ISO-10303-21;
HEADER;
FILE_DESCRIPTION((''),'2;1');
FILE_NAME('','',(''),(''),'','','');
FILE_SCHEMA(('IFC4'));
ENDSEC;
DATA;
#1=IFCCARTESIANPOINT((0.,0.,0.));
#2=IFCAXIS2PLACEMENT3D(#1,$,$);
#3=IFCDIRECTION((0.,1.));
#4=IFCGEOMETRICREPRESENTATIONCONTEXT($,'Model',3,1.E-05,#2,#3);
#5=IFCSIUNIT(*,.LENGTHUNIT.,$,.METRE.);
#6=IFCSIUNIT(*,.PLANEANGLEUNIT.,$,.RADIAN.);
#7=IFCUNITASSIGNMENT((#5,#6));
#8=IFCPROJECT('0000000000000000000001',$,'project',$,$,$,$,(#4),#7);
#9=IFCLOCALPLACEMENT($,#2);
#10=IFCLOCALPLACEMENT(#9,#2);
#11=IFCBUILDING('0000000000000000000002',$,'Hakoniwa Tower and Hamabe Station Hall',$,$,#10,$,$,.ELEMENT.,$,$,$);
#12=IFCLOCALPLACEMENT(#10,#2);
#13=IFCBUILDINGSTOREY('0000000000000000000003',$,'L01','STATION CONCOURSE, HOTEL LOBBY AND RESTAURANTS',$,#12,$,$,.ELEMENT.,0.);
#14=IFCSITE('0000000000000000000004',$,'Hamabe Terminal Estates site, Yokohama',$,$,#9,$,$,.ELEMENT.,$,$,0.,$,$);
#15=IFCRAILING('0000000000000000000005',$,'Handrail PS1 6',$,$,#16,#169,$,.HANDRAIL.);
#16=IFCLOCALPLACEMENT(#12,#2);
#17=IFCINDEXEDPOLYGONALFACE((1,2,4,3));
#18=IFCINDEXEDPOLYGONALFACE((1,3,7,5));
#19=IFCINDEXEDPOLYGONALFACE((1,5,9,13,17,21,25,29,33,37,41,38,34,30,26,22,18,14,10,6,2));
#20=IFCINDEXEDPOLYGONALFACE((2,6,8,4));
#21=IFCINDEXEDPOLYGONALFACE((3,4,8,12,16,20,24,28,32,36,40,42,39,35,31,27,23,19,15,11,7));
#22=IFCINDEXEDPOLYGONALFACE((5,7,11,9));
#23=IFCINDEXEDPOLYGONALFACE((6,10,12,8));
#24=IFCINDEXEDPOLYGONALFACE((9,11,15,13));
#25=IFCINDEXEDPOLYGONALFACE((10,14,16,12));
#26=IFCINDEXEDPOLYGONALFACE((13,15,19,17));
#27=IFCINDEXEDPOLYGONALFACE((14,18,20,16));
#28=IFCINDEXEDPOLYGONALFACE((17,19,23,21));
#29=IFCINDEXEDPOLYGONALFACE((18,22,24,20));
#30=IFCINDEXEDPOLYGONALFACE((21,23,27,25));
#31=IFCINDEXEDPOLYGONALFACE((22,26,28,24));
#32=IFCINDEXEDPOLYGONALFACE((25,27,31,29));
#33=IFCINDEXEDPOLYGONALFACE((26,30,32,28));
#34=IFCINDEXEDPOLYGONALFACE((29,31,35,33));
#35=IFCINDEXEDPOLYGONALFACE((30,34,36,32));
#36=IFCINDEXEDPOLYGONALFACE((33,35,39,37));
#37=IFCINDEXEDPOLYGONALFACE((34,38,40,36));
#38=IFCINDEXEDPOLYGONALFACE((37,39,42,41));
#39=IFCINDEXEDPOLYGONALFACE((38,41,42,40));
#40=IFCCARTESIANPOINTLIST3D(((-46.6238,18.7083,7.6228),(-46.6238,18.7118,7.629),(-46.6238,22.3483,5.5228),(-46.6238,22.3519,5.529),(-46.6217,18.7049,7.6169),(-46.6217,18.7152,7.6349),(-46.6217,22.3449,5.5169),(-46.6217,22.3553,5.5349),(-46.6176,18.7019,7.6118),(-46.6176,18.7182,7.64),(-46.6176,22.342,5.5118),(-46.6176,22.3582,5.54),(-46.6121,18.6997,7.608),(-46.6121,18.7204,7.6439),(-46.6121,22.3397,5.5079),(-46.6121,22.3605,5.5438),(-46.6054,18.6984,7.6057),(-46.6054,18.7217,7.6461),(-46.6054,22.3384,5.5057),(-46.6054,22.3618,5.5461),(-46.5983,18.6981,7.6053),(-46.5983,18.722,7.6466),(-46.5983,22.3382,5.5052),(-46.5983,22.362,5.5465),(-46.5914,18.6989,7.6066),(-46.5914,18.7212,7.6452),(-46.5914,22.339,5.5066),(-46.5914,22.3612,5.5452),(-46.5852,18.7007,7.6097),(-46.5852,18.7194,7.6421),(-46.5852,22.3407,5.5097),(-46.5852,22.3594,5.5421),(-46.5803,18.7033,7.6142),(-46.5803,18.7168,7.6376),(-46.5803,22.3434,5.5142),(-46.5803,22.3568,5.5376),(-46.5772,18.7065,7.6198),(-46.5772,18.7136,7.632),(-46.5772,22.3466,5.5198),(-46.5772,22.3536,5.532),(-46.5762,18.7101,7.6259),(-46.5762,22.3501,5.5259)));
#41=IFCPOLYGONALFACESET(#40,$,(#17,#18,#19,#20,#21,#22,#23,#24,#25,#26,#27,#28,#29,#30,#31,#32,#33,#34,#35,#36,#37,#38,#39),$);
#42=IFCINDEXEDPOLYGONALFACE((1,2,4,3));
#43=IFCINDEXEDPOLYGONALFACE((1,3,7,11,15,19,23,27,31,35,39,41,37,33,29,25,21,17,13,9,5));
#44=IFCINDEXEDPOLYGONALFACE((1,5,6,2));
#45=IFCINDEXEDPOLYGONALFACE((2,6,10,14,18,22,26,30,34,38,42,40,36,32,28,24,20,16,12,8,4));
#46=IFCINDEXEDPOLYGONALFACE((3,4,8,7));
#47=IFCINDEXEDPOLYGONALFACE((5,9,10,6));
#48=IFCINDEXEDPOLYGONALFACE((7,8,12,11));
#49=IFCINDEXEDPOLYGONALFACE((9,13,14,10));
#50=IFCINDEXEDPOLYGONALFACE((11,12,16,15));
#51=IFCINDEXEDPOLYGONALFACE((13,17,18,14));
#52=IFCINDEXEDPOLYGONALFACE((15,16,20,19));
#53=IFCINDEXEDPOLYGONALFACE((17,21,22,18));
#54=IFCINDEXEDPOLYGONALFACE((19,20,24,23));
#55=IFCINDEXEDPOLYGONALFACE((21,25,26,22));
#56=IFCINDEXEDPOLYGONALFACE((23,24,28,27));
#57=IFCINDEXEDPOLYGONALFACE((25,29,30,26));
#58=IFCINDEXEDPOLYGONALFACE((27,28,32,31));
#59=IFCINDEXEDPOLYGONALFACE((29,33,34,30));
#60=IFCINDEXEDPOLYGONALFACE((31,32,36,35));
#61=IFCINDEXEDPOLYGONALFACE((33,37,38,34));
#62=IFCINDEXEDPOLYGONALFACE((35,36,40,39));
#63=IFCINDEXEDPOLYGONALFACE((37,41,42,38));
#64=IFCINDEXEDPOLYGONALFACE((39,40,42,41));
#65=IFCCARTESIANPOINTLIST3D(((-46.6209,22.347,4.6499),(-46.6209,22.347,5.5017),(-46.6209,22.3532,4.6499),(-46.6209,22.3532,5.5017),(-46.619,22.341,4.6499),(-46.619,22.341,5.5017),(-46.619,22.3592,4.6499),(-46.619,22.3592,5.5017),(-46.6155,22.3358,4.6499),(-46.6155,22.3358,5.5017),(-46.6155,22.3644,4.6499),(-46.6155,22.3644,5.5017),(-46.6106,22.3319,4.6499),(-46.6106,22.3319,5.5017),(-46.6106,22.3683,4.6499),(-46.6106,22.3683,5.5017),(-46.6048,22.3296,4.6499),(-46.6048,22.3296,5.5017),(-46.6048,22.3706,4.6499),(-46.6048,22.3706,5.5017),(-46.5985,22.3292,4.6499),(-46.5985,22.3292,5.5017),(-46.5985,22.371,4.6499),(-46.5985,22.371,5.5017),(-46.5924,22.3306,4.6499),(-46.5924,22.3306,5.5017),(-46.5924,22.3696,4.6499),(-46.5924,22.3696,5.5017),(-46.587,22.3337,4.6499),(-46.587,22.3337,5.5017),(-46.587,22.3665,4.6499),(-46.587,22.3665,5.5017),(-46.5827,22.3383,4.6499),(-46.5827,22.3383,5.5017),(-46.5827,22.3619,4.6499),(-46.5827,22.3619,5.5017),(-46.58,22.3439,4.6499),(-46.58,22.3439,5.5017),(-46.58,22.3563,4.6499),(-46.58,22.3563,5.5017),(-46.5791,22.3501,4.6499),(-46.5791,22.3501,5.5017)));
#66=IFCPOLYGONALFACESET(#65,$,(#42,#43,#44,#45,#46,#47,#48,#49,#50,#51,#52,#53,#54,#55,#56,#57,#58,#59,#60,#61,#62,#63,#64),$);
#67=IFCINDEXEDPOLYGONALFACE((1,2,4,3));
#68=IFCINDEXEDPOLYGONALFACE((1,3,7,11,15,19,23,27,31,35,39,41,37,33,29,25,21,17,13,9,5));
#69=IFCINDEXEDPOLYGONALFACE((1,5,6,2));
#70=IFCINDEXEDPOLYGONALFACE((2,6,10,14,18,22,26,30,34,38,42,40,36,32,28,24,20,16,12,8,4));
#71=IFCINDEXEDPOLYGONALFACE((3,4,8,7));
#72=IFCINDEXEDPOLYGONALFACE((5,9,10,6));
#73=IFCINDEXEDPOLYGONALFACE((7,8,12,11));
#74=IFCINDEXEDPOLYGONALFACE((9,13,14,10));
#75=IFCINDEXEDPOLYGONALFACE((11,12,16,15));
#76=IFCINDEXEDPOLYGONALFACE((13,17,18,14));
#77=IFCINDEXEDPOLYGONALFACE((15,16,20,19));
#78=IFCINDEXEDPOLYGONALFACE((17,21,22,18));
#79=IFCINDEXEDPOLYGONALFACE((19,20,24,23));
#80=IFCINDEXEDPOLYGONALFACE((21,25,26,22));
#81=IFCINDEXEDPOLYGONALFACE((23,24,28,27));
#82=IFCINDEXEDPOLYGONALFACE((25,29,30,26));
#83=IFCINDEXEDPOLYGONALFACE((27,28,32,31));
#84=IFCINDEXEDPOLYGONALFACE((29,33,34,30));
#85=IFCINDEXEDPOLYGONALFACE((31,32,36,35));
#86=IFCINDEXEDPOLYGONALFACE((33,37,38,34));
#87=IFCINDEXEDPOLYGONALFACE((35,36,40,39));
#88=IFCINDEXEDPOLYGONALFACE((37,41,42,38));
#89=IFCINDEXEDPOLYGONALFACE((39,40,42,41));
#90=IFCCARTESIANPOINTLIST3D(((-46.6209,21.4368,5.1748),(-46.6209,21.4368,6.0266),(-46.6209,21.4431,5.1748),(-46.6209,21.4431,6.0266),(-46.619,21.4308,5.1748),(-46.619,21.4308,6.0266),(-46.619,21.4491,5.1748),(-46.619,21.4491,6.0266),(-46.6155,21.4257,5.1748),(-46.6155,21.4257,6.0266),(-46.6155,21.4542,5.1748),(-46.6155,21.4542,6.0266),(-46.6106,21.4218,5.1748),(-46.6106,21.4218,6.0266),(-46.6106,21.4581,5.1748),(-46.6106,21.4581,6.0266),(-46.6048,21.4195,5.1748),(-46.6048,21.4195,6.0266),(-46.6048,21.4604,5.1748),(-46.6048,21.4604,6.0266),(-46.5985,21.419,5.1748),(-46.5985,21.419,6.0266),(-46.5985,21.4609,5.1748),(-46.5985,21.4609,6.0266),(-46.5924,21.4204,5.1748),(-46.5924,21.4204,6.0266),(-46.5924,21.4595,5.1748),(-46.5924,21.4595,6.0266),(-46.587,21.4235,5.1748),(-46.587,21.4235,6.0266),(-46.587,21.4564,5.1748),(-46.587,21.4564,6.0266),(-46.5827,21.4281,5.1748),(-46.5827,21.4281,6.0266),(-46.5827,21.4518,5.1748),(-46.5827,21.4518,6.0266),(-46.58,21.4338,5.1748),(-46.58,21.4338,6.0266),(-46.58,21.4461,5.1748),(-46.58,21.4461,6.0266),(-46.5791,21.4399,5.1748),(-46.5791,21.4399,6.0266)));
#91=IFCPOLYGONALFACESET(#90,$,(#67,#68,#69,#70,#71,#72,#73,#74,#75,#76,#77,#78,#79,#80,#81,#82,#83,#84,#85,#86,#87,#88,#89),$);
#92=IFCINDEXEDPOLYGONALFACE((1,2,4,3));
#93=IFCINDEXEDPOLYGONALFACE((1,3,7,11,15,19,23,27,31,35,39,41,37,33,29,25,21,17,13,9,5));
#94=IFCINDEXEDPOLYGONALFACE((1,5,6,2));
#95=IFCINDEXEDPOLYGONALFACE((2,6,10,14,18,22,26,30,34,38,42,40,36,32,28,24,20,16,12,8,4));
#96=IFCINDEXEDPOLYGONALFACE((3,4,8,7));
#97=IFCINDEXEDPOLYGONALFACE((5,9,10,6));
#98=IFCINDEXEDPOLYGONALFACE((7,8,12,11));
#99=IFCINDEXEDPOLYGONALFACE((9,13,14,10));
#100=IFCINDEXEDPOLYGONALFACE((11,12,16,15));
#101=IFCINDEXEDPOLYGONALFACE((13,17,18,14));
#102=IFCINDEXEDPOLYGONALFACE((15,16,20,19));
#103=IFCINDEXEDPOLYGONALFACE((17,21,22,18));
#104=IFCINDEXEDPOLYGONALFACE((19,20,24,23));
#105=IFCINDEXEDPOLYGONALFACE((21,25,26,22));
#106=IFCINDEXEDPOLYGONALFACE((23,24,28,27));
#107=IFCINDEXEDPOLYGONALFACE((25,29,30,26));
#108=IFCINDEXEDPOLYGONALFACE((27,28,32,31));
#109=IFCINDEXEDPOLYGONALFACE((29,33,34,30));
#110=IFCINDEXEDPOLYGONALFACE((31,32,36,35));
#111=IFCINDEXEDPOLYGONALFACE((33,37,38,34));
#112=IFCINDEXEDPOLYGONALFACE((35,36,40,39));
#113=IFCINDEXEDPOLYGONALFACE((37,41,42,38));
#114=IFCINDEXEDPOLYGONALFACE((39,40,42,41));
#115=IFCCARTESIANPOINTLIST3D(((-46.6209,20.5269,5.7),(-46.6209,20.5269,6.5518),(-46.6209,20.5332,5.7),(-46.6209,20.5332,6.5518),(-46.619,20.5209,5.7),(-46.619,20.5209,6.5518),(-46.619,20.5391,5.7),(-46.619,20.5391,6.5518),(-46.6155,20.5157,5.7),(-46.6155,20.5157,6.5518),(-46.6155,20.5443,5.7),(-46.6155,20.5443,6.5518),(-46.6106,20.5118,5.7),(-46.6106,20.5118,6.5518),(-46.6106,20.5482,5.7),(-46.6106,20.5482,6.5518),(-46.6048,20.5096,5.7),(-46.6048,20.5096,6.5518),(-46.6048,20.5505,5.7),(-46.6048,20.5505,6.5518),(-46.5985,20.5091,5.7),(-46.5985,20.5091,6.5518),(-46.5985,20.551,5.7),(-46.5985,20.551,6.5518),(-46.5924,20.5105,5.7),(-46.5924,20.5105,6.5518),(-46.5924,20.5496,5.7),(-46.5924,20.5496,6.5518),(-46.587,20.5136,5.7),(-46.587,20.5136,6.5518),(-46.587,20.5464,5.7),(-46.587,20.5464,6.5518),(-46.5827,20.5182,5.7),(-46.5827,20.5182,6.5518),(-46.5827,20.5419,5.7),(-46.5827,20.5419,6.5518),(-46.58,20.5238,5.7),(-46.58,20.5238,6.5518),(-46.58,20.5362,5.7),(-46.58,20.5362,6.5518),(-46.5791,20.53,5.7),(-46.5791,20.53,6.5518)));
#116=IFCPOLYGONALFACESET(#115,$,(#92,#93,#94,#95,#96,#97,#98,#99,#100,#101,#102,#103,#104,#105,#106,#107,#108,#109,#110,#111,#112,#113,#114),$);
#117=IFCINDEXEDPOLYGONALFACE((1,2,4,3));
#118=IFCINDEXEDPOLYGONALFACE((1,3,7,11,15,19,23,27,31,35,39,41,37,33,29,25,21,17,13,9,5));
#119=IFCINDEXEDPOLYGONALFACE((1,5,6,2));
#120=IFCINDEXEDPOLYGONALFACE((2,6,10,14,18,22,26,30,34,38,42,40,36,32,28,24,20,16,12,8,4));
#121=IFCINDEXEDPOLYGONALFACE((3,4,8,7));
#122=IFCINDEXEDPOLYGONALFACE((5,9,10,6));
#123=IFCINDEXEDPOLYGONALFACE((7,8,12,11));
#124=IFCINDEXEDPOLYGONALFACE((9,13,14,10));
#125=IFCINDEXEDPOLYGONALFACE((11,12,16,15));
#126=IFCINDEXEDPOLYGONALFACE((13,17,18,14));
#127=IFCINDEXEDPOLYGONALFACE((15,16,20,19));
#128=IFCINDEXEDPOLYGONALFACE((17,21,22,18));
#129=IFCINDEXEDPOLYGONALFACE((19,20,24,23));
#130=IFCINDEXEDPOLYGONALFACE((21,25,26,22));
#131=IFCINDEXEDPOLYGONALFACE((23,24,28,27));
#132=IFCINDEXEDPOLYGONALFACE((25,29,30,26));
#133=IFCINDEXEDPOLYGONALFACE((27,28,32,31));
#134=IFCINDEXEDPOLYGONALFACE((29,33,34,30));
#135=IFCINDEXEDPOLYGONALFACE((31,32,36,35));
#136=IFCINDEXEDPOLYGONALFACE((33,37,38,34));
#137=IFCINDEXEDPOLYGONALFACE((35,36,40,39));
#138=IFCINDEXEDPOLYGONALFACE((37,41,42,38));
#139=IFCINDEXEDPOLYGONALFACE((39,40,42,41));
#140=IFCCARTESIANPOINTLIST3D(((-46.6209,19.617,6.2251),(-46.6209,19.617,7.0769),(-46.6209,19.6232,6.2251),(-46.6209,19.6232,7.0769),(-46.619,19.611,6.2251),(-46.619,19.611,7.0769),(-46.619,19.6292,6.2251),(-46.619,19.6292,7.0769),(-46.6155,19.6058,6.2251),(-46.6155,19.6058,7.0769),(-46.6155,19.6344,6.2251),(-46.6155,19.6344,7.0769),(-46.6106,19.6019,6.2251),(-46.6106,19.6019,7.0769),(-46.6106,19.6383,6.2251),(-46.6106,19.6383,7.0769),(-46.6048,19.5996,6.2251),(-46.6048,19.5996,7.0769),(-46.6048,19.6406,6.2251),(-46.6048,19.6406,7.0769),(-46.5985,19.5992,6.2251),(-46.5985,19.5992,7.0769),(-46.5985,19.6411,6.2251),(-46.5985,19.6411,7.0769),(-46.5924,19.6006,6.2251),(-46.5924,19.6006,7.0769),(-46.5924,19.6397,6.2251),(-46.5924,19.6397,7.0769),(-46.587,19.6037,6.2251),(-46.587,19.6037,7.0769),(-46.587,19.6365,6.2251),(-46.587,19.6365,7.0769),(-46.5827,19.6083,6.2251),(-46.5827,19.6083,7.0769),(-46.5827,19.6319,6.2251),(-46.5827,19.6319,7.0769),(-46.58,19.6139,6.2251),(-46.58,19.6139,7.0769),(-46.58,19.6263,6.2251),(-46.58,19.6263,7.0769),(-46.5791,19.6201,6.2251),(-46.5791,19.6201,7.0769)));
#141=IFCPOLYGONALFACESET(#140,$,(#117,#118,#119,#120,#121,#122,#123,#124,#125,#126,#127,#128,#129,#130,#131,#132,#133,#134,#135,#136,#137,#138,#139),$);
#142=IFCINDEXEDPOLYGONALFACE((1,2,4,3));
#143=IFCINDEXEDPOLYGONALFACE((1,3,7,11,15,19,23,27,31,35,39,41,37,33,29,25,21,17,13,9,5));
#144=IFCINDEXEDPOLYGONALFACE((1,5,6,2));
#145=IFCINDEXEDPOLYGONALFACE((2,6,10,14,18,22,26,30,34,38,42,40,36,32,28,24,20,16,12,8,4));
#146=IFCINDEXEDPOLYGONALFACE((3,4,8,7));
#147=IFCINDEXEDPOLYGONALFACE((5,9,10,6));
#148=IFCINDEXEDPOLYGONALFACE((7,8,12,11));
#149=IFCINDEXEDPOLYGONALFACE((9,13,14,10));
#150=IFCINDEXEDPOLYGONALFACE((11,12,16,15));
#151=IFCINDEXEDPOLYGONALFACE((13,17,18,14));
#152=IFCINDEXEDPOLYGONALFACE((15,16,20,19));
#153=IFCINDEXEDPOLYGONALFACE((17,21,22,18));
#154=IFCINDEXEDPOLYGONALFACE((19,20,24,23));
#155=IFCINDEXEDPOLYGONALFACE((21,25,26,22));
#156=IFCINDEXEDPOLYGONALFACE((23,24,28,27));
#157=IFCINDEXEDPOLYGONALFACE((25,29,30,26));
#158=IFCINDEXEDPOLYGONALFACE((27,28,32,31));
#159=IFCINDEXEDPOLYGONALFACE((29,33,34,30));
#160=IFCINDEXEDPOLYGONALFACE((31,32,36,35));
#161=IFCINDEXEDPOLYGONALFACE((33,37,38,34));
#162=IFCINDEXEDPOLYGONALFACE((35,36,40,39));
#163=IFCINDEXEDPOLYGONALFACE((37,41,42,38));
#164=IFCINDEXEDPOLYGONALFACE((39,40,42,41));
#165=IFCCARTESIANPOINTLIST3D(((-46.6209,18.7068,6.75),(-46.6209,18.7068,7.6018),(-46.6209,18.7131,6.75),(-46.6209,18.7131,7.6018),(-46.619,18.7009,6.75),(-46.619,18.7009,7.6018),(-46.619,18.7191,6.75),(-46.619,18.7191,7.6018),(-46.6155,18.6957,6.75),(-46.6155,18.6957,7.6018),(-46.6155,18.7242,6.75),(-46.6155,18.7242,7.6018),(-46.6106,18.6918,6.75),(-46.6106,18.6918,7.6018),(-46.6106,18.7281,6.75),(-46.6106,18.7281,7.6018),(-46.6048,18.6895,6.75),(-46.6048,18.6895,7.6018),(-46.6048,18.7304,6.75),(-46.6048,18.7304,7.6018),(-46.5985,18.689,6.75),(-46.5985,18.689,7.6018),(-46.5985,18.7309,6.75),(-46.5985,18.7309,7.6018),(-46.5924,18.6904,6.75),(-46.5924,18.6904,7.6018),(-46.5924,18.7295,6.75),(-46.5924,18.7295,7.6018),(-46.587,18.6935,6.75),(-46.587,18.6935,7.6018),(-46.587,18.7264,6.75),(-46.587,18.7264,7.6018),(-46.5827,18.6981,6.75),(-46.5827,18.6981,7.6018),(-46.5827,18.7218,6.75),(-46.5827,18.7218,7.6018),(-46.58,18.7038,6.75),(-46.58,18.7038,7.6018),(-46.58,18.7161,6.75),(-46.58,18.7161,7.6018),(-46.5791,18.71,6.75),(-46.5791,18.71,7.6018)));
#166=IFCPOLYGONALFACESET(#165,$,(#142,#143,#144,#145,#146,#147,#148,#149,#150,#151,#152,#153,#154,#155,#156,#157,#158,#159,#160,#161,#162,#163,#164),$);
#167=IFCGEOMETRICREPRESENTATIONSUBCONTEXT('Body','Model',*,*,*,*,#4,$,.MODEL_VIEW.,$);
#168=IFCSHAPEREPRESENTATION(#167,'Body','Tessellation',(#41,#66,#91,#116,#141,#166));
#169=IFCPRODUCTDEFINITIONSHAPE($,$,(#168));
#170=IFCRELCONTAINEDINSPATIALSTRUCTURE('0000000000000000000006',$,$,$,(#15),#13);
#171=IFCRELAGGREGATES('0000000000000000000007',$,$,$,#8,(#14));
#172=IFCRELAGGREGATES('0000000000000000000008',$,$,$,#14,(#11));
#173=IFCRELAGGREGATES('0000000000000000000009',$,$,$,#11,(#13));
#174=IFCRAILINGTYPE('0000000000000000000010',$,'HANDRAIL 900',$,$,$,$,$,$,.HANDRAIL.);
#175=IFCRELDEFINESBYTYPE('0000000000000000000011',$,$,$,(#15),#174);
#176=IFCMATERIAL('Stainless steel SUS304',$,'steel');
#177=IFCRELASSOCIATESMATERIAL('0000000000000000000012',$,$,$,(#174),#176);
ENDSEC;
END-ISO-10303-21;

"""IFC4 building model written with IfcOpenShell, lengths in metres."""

from ifc_helpers import new_model, si_unit, direction, frame, origin, origin_2d, place, context, subcontext, project, spatial, circle, extrude, material, type_object, element, save


model = new_model("IFC4")

# Units and contexts
model_context = context("Model", 3, precision=1e-05, world=origin(), true_north=direction((0.0, 1.0)))
body_context = subcontext(model_context, "Body", "Model", "MODEL_VIEW")
ifc_project = project(units=[si_unit("LENGTHUNIT", "METRE"), si_unit("PLANEANGLEUNIT", "RADIAN")], contexts=[model_context])

# Site, building, storey
site_placement = place(None, origin())
site = spatial("IfcSite", under=ifc_project, at=site_placement, Name="Hamabe Terminal Estates site, Yokohama", CompositionType="ELEMENT", RefElevation=0.0)
building_placement = place(site_placement, origin())
building = spatial("IfcBuilding", under=site, at=building_placement, Name="Hakoniwa Tower and Hamabe Station Hall", CompositionType="ELEMENT")
storey_placement = place(building_placement, origin())
storey = spatial("IfcBuildingStorey", under=building, at=storey_placement, Name="L01", Description="STATION CONCOURSE, HOTEL LOBBY AND RESTAURANTS", CompositionType="ELEMENT", Elevation=0.0)

# Railing
ifc_material_1 = material(Name="Stainless steel SUS304", Category="steel")
railing_type_1 = type_object("IfcRailingType", Name="HANDRAIL 900", PredefinedType="HANDRAIL", material=ifc_material_1)
for number, where, name in (
    (1, (-46.6001, 22.3501, 4.6499), "Handrail PS1 6"),
):
    element("IfcRailing", number, at=place(storey_placement, frame(where)), inside=storey, type_object=railing_type_1, Name=name, PredefinedType="HANDRAIL", context=body_context, shape_type="SweptSolid", body=[
        extrude(circle(Radius=0.0239, at=origin_2d()), frame((0.0, 0.0, 0.876), z_axis=(0.0, -0.866184, 0.499726), x_axis=(1.0, 0.0, 0.0)), (0.0, 0.0, 1.0), 4.2024),
        extrude(circle(Radius=0.021, at=origin_2d()), origin(), (0.0, 0.0, 1.0), 0.8518),
        extrude(circle(Radius=0.021, at=origin_2d()), frame((0.0, -0.9102, 0.5249)), (0.0, 0.0, 1.0), 0.8518),
        extrude(circle(Radius=0.021, at=origin_2d()), frame((0.0, -1.8201, 1.05)), (0.0, 0.0, 1.0), 0.8518),
        extrude(circle(Radius=0.021, at=origin_2d()), frame((0.0, -2.73, 1.5752)), (0.0, 0.0, 1.0), 0.8518),
        extrude(circle(Radius=0.021, at=origin_2d()), frame((0.0, -3.6401, 2.1001)), (0.0, 0.0, 1.0), 0.8518),
    ])

save(model, "model.ifc")
